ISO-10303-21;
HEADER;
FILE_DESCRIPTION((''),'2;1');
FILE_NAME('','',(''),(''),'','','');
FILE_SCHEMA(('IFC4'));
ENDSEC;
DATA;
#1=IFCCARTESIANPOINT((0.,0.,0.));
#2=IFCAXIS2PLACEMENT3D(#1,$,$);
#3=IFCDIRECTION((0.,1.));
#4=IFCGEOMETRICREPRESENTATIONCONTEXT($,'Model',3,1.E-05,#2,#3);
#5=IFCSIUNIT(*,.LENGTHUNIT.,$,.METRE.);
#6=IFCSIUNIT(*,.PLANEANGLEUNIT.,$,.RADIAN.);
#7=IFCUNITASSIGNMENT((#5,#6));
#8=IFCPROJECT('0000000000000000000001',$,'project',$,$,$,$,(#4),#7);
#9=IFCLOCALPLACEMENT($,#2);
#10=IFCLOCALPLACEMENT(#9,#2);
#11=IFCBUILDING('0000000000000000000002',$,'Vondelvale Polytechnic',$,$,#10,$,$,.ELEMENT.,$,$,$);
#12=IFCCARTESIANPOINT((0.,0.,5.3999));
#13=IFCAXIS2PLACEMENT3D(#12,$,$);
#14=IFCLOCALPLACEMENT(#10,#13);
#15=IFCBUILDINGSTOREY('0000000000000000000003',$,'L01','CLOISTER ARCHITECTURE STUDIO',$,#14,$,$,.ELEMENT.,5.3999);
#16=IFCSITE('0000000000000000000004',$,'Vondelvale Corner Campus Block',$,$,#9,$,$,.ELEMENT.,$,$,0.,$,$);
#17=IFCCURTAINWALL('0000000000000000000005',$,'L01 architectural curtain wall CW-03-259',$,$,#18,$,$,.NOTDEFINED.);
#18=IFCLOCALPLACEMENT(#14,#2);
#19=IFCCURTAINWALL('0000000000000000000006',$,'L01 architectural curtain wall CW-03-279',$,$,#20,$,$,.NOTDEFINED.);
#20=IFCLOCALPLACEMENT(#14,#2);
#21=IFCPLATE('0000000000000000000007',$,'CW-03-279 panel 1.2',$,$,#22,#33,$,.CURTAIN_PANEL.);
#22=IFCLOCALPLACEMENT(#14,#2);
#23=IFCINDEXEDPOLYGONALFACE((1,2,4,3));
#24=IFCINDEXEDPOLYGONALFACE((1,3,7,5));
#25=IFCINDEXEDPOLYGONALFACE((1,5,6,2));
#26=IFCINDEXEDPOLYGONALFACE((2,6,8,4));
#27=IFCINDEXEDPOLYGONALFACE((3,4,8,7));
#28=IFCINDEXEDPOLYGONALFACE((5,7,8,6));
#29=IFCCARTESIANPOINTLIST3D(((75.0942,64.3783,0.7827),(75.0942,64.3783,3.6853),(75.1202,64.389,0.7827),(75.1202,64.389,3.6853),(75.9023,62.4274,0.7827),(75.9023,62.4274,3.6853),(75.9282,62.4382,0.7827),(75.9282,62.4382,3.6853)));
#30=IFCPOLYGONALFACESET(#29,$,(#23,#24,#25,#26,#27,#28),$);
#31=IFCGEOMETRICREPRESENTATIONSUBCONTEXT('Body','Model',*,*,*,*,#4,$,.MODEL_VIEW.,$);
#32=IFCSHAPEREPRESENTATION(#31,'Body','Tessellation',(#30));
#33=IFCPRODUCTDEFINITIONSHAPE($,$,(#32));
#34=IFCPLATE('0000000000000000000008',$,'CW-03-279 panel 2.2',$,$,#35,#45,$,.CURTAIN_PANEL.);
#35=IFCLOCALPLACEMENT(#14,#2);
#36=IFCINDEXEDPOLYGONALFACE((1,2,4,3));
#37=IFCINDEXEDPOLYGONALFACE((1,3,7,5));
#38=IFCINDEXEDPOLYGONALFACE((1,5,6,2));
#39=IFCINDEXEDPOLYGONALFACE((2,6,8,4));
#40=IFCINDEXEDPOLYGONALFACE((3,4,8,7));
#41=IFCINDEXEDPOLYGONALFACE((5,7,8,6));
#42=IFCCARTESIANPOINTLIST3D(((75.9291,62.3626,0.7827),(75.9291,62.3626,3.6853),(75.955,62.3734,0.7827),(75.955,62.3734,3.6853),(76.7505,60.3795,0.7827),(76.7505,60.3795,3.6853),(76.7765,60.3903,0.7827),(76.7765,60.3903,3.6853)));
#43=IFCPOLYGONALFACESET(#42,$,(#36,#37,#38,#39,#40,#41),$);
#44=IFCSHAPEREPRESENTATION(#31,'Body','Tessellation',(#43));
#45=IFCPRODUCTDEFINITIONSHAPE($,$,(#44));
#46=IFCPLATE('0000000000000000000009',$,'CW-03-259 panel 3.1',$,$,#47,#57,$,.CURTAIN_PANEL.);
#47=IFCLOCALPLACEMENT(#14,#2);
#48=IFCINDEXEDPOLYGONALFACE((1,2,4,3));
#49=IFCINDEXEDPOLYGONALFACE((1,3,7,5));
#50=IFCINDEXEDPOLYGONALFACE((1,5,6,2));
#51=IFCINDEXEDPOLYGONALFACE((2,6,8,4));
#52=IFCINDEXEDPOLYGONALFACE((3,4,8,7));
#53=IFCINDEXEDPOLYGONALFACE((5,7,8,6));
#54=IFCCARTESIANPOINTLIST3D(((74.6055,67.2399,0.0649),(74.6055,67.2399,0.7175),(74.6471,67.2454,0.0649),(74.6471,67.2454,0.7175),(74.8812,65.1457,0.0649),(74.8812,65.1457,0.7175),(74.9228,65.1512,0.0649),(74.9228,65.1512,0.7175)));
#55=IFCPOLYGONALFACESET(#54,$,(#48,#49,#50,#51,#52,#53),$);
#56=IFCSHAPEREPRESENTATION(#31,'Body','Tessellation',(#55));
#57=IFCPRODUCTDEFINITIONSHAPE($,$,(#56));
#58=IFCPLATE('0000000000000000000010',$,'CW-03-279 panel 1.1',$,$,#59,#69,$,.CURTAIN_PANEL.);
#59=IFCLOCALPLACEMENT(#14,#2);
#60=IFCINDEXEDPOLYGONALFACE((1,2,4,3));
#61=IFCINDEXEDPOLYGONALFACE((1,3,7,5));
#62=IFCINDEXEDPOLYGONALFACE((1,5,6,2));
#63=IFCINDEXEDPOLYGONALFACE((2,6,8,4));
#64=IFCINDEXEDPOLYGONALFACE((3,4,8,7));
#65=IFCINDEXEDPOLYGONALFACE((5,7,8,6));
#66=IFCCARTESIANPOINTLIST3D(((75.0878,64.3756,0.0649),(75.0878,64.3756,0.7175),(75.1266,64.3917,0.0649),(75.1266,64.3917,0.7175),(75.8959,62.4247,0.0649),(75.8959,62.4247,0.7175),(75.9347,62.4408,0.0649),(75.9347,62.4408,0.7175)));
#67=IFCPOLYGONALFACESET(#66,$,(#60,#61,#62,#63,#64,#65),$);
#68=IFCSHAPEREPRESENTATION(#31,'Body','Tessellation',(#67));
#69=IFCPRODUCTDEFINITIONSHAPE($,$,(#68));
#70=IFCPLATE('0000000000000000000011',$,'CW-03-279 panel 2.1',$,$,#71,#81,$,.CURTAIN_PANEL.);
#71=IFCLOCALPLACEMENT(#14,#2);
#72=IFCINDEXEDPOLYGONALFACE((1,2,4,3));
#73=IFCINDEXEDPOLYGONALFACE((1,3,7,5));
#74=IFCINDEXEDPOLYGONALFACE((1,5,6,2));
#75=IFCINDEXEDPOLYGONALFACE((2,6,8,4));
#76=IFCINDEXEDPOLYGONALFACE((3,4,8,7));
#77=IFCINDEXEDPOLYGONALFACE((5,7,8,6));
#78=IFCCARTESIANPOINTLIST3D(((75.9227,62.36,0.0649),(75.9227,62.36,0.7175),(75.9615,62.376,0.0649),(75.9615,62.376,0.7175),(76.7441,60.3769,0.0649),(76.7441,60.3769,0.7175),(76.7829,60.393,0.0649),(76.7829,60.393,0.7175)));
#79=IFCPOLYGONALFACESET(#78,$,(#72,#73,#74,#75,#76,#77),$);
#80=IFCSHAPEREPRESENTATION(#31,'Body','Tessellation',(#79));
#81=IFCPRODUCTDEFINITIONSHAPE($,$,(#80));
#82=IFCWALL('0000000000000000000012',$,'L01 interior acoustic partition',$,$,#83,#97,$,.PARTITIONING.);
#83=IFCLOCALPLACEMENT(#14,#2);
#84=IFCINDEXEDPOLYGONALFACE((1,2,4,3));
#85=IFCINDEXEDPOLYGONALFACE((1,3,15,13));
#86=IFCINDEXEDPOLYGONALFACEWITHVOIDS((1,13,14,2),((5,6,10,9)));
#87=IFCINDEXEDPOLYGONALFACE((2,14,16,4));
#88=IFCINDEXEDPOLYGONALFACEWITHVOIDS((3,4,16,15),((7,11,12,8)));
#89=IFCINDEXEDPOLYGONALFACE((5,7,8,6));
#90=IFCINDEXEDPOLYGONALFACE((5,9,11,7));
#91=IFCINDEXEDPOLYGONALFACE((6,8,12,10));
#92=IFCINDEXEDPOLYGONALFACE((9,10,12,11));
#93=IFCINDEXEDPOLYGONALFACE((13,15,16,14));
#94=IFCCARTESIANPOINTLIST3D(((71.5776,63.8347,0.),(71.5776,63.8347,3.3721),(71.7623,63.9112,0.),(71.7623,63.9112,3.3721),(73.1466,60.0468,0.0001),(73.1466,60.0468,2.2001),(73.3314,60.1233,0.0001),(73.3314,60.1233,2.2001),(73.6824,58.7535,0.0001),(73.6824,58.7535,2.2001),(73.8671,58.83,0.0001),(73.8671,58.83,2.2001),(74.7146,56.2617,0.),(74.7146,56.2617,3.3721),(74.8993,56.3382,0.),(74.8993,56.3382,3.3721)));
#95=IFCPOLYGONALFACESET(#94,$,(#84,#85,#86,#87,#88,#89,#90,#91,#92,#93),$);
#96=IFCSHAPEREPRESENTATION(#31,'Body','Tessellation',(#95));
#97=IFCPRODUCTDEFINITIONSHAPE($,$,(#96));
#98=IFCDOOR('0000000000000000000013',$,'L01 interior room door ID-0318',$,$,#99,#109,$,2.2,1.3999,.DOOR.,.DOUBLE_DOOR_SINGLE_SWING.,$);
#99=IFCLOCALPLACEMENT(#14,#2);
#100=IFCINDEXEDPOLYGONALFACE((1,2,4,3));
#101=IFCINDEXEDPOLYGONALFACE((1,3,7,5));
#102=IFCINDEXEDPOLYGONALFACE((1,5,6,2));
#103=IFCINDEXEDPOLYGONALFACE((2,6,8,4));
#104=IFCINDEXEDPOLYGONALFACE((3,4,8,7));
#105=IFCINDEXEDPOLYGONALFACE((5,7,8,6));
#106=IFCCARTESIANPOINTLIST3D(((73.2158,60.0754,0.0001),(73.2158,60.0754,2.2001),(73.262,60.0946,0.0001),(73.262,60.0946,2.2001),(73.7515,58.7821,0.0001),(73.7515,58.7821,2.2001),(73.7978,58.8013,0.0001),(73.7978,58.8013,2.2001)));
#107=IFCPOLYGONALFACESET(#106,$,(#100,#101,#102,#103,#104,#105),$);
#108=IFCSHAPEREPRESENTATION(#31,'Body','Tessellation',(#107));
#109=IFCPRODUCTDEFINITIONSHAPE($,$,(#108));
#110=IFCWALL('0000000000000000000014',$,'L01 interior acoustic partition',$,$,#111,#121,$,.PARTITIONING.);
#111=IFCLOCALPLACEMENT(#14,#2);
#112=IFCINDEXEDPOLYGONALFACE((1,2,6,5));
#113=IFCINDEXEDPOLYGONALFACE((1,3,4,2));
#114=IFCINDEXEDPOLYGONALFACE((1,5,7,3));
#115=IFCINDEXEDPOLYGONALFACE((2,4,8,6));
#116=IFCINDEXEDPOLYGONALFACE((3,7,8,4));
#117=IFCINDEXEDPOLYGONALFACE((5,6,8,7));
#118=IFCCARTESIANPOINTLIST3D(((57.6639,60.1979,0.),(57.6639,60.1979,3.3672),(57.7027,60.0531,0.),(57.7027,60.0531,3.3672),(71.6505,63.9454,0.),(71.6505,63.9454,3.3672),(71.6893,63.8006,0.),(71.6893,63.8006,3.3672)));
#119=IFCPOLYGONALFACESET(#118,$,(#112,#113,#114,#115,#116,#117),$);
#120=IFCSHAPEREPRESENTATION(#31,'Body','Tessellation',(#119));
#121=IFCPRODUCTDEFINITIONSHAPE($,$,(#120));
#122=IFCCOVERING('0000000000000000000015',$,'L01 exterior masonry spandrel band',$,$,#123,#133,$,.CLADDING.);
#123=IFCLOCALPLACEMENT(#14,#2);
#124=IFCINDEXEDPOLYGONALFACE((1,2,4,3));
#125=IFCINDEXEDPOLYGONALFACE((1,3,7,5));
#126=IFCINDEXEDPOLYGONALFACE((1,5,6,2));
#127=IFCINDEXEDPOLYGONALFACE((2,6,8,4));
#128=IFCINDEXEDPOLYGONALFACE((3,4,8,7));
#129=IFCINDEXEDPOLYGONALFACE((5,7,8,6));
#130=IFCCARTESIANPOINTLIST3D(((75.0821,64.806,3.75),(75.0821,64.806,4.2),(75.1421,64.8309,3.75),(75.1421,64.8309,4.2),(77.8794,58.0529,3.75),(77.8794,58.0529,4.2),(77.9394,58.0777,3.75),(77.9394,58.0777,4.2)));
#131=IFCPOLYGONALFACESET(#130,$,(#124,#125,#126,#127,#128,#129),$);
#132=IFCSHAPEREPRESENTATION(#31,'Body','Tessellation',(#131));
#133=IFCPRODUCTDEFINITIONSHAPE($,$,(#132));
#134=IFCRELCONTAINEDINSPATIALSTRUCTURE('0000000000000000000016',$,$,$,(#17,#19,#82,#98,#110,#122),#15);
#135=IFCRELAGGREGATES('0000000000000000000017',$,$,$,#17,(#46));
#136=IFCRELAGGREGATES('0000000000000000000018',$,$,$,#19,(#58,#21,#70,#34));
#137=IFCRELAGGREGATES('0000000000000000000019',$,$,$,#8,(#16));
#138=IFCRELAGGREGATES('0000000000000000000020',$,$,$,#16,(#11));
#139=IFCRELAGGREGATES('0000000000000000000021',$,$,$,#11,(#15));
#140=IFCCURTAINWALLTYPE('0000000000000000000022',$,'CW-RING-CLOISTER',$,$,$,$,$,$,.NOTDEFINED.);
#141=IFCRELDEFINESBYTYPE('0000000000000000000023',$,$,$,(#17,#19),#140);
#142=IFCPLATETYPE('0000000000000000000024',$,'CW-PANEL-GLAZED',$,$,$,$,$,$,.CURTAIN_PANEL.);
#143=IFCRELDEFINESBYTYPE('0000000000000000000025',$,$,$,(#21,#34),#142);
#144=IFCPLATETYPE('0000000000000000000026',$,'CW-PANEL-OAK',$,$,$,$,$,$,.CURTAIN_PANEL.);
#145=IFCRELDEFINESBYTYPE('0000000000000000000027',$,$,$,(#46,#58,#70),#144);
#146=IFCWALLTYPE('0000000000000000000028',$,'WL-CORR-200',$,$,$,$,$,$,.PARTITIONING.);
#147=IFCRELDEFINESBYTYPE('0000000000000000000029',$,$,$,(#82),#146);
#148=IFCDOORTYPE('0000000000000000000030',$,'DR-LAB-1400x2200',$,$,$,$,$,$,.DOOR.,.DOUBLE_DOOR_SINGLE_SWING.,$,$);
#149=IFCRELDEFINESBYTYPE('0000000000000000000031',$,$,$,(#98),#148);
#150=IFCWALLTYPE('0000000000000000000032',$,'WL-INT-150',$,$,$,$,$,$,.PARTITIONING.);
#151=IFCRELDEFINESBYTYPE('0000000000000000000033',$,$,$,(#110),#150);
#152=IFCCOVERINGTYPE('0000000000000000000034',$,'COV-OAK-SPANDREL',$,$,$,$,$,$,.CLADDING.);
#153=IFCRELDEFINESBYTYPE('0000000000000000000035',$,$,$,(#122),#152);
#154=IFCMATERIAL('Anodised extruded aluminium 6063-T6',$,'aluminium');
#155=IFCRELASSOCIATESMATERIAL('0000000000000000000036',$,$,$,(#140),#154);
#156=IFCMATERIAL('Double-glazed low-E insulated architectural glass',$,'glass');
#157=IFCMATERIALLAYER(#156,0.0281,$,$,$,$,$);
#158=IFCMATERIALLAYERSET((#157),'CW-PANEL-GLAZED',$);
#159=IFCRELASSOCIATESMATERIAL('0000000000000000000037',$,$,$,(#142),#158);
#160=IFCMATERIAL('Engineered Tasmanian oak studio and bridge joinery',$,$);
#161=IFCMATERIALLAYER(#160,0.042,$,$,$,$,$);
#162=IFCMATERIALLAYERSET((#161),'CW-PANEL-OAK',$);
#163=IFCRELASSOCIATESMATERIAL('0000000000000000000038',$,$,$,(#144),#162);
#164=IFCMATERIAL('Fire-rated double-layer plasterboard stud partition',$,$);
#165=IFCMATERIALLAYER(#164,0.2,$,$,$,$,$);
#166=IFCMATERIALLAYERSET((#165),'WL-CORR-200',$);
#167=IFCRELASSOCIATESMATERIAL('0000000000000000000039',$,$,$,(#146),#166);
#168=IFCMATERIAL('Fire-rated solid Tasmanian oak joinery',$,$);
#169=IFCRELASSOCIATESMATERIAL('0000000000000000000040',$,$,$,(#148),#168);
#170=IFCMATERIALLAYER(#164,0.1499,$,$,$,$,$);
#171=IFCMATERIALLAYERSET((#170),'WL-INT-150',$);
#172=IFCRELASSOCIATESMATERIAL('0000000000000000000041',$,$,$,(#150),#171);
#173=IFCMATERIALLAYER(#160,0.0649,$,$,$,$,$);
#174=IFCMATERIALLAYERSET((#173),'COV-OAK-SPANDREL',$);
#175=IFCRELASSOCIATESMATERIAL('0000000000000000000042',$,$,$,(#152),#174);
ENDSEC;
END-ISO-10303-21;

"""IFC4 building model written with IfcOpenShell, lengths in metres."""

from ifc_helpers import new_model, si_unit, direction, frame, frame_2d, origin, origin_2d, place, context, subcontext, project, spatial, rectangle, extrude, material, layer, layer_set, type_object, element, fill, aggregate, save


model = new_model("IFC4")

# Units and contexts
model_context = context("Model", 3, precision=1e-05, world=origin(), true_north=direction((0.0, 1.0)))
body_context = subcontext(model_context, "Body", "Model", "MODEL_VIEW")
ifc_project = project(units=[si_unit("LENGTHUNIT", "METRE"), si_unit("PLANEANGLEUNIT", "RADIAN")], contexts=[model_context])

# Site, building, storey
site_placement = place(None, origin())
site = spatial("IfcSite", under=ifc_project, at=site_placement, Name="Vondelvale Corner Campus Block", CompositionType="ELEMENT", RefElevation=0.0)
building_placement = place(site_placement, origin())
building = spatial("IfcBuilding", under=site, at=building_placement, Name="Vondelvale Polytechnic", CompositionType="ELEMENT")
storey_placement = place(building_placement, frame((0.0, 0.0, 5.3999)))
storey = spatial("IfcBuildingStorey", under=building, at=storey_placement, Name="L01", Description="CLOISTER ARCHITECTURE STUDIO", CompositionType="ELEMENT", Elevation=5.3999)

# Curtain wall
ifc_material_1 = material(Name="Anodised extruded aluminium 6063-T6", Category="aluminium")
curtain_wall_type = type_object("IfcCurtainWallType", Name="CW-RING-CLOISTER", PredefinedType="NOTDEFINED", material=ifc_material_1)
curtain_wall_1_placement = place(storey_placement, origin())
curtain_wall_1 = element("IfcCurtainWall", 1, at=curtain_wall_1_placement, inside=storey, type_object=curtain_wall_type, Name="L01 architectural curtain wall CW-03-259", PredefinedType="NOTDEFINED")

# Curtain wall
curtain_wall_2_placement = place(storey_placement, origin())
curtain_wall_2 = element("IfcCurtainWall", 2, at=curtain_wall_2_placement, inside=storey, type_object=curtain_wall_type, Name="L01 architectural curtain wall CW-03-279", PredefinedType="NOTDEFINED")

# Plates
ifc_material_2 = material(Name="Double-glazed low-E insulated architectural glass", Category="glass")
ifc_layer_1 = layer(ifc_material_2, 0.0281)
ifc_layer_set_1 = layer_set([ifc_layer_1], Name="CW-PANEL-GLAZED")
plate_type_1 = type_object("IfcPlateType", Name="CW-PANEL-GLAZED", PredefinedType="CURTAIN_PANEL", material=ifc_layer_set_1)
plate_1_placement = place(storey_placement, frame((75.5112, 63.4082, 0.7827), z_axis=(0.0, 0.0, 1.0), x_axis=(0.382679, -0.923882, 0.0)))
plate_1 = element("IfcPlate", 3, at=plate_1_placement, type_object=plate_type_1, Name="CW-03-279 panel 1.2", PredefinedType="CURTAIN_PANEL", context=body_context, shape_type="SweptSolid", body=[
    extrude(rectangle(XDim=2.1116, YDim=0.0281, at=origin_2d()), origin(), (0.0, 0.0, 1.0), 2.9026),
])
plate_2_placement = place(storey_placement, frame((76.3528, 61.3765, 0.7827), z_axis=(0.0, 0.0, 1.0), x_axis=(0.382679, -0.923882, 0.0)))
plate_2 = element("IfcPlate", 4, at=plate_2_placement, type_object=plate_type_1, Name="CW-03-279 panel 2.2", PredefinedType="CURTAIN_PANEL", context=body_context, shape_type="SweptSolid", body=[
    extrude(rectangle(XDim=2.1465, YDim=0.0281, at=origin_2d()), origin(), (0.0, 0.0, 1.0), 2.9026),
])
ifc_material_3 = material(Name="Engineered Tasmanian oak studio and bridge joinery")
ifc_layer_2 = layer(ifc_material_3, 0.042)
ifc_layer_set_2 = layer_set([ifc_layer_2], Name="CW-PANEL-OAK")
plate_type_2 = type_object("IfcPlateType", Name="CW-PANEL-OAK", PredefinedType="CURTAIN_PANEL", material=ifc_layer_set_2)
plate_3_placement = place(storey_placement, frame((74.7642, 66.1956, 0.0649), z_axis=(0.0, 0.0, 1.0), x_axis=(0.130528, -0.991445, 0.0)))
plate_3 = element("IfcPlate", 5, at=plate_3_placement, type_object=plate_type_2, Name="CW-03-259 panel 3.1", PredefinedType="CURTAIN_PANEL", context=body_context, shape_type="SweptSolid", body=[
    extrude(rectangle(XDim=2.1123, YDim=0.042, at=origin_2d()), origin(), (0.0, 0.0, 1.0), 0.6526),
])
aggregate(curtain_wall_1, [plate_3])
plate_4_placement = place(storey_placement, frame((75.5112, 63.4082, 0.0649), z_axis=(0.0, 0.0, 1.0), x_axis=(0.382679, -0.923882, 0.0)))
plate_4 = element("IfcPlate", 6, at=plate_4_placement, type_object=plate_type_2, Name="CW-03-279 panel 1.1", PredefinedType="CURTAIN_PANEL", context=body_context, shape_type="SweptSolid", body=[
    extrude(rectangle(XDim=2.1116, YDim=0.042, at=origin_2d()), origin(), (0.0, 0.0, 1.0), 0.6526),
])
plate_5_placement = place(storey_placement, frame((76.3528, 61.3765, 0.0649), z_axis=(0.0, 0.0, 1.0), x_axis=(0.382679, -0.923882, 0.0)))
plate_5 = element("IfcPlate", 7, at=plate_5_placement, type_object=plate_type_2, Name="CW-03-279 panel 2.1", PredefinedType="CURTAIN_PANEL", context=body_context, shape_type="SweptSolid", body=[
    extrude(rectangle(XDim=2.1465, YDim=0.042, at=origin_2d()), origin(), (0.0, 0.0, 1.0), 0.6526),
])
aggregate(curtain_wall_2, [plate_4, plate_1, plate_5, plate_2])

# Wall, opening, door
ifc_material_4 = material(Name="Fire-rated double-layer plasterboard stud partition")
ifc_layer_3 = layer(ifc_material_4, 0.2)
ifc_layer_set_3 = layer_set([ifc_layer_3], Name="WL-CORR-200")
wall_type_1 = type_object("IfcWallType", Name="WL-CORR-200", PredefinedType="PARTITIONING", material=ifc_layer_set_3)
wall_1_placement = place(storey_placement, frame((71.6699, 63.873, 0.0), z_axis=(0.0, 0.0, 1.0), x_axis=(0.382696, -0.923874, 0.0)))
wall_1 = element("IfcWall", 8, at=wall_1_placement, inside=storey, type_object=wall_type_1, Name="L01 interior acoustic partition", PredefinedType="PARTITIONING", context=body_context, shape_type="SweptSolid", body=[
    extrude(rectangle(XDim=8.197, YDim=0.2, at=frame_2d((4.0986, 0.0))), origin(), (0.0, 0.0, 1.0), 3.3721),
])
opening_placement = place(wall_1_placement, frame((4.1001, 0.0, 0.0)))
opening = element("IfcOpeningElement", 9, at=opening_placement, cuts=wall_1, PredefinedType="OPENING", context=body_context, shape_type="SweptSolid", body=[
    extrude(rectangle(XDim=1.3999, YDim=2.2, at=frame_2d((0.7, 1.1001))), frame((0.0, 0.1099, 0.0), z_axis=(0.0, -1.0, 0.0), x_axis=(1.0, 0.0, 0.0)), (0.0, 0.0, 1.0), 0.22),
])
ifc_material_5 = material(Name="Fire-rated solid Tasmanian oak joinery")
door_type = type_object("IfcDoorType", Name="DR-LAB-1400x2200", OperationType="DOUBLE_DOOR_SINGLE_SWING", PredefinedType="DOOR", material=ifc_material_5)
door_placement = place(opening_placement, origin())
door = element("IfcDoor", 10, at=door_placement, inside=storey, type_object=door_type, Name="L01 interior room door ID-0318", OperationType="DOUBLE_DOOR_SINGLE_SWING", OverallHeight=2.2, OverallWidth=1.3999, PredefinedType="DOOR", context=body_context, shape_type="SweptSolid", body=[
    extrude(rectangle(XDim=1.3999, YDim=2.2, at=frame_2d((0.7, 1.1001))), frame((0.0, 0.0249, 0.0), z_axis=(0.0, -1.0, 0.0), x_axis=(1.0, 0.0, 0.0)), (0.0, 0.0, 1.0), 0.05),
])
fill(opening, door)

# Wall
ifc_layer_4 = layer(ifc_material_4, 0.1499)
ifc_layer_set_4 = layer_set([ifc_layer_4], Name="WL-INT-150")
wall_type_2 = type_object("IfcWallType", Name="WL-INT-150", PredefinedType="PARTITIONING", material=ifc_layer_set_4)
wall_2_placement = place(storey_placement, frame((71.6699, 63.873, 0.0), z_axis=(0.0, 0.0, 1.0), x_axis=(-0.965928, -0.258811, 0.0)))
element("IfcWall", 11, at=wall_2_placement, inside=storey, type_object=wall_type_2, Name="L01 interior acoustic partition", PredefinedType="PARTITIONING", context=body_context, shape_type="SweptSolid", body=[
    extrude(rectangle(XDim=14.48, YDim=0.1499, at=frame_2d((7.24, 0.0))), origin(), (0.0, 0.0, 1.0), 3.3672),
])

# Covering
ifc_layer_5 = layer(ifc_material_3, 0.0649)
ifc_layer_set_5 = layer_set([ifc_layer_5], Name="COV-OAK-SPANDREL")
covering_type = type_object("IfcCoveringType", Name="COV-OAK-SPANDREL", PredefinedType="CLADDING", material=ifc_layer_set_5)
covering_placement = place(storey_placement, frame((76.5107, 61.4419, 3.75), z_axis=(0.0, 0.0, 1.0), x_axis=(0.382683, -0.92388, 0.0)))
element("IfcCovering", 12, at=covering_placement, inside=storey, type_object=covering_type, Name="L01 exterior masonry spandrel band", PredefinedType="CLADDING", context=body_context, shape_type="SweptSolid", body=[
    extrude(rectangle(XDim=7.3096, YDim=0.0649, at=origin_2d()), origin(), (0.0, 0.0, 1.0), 0.45),
])

save(model, "model.ifc")
